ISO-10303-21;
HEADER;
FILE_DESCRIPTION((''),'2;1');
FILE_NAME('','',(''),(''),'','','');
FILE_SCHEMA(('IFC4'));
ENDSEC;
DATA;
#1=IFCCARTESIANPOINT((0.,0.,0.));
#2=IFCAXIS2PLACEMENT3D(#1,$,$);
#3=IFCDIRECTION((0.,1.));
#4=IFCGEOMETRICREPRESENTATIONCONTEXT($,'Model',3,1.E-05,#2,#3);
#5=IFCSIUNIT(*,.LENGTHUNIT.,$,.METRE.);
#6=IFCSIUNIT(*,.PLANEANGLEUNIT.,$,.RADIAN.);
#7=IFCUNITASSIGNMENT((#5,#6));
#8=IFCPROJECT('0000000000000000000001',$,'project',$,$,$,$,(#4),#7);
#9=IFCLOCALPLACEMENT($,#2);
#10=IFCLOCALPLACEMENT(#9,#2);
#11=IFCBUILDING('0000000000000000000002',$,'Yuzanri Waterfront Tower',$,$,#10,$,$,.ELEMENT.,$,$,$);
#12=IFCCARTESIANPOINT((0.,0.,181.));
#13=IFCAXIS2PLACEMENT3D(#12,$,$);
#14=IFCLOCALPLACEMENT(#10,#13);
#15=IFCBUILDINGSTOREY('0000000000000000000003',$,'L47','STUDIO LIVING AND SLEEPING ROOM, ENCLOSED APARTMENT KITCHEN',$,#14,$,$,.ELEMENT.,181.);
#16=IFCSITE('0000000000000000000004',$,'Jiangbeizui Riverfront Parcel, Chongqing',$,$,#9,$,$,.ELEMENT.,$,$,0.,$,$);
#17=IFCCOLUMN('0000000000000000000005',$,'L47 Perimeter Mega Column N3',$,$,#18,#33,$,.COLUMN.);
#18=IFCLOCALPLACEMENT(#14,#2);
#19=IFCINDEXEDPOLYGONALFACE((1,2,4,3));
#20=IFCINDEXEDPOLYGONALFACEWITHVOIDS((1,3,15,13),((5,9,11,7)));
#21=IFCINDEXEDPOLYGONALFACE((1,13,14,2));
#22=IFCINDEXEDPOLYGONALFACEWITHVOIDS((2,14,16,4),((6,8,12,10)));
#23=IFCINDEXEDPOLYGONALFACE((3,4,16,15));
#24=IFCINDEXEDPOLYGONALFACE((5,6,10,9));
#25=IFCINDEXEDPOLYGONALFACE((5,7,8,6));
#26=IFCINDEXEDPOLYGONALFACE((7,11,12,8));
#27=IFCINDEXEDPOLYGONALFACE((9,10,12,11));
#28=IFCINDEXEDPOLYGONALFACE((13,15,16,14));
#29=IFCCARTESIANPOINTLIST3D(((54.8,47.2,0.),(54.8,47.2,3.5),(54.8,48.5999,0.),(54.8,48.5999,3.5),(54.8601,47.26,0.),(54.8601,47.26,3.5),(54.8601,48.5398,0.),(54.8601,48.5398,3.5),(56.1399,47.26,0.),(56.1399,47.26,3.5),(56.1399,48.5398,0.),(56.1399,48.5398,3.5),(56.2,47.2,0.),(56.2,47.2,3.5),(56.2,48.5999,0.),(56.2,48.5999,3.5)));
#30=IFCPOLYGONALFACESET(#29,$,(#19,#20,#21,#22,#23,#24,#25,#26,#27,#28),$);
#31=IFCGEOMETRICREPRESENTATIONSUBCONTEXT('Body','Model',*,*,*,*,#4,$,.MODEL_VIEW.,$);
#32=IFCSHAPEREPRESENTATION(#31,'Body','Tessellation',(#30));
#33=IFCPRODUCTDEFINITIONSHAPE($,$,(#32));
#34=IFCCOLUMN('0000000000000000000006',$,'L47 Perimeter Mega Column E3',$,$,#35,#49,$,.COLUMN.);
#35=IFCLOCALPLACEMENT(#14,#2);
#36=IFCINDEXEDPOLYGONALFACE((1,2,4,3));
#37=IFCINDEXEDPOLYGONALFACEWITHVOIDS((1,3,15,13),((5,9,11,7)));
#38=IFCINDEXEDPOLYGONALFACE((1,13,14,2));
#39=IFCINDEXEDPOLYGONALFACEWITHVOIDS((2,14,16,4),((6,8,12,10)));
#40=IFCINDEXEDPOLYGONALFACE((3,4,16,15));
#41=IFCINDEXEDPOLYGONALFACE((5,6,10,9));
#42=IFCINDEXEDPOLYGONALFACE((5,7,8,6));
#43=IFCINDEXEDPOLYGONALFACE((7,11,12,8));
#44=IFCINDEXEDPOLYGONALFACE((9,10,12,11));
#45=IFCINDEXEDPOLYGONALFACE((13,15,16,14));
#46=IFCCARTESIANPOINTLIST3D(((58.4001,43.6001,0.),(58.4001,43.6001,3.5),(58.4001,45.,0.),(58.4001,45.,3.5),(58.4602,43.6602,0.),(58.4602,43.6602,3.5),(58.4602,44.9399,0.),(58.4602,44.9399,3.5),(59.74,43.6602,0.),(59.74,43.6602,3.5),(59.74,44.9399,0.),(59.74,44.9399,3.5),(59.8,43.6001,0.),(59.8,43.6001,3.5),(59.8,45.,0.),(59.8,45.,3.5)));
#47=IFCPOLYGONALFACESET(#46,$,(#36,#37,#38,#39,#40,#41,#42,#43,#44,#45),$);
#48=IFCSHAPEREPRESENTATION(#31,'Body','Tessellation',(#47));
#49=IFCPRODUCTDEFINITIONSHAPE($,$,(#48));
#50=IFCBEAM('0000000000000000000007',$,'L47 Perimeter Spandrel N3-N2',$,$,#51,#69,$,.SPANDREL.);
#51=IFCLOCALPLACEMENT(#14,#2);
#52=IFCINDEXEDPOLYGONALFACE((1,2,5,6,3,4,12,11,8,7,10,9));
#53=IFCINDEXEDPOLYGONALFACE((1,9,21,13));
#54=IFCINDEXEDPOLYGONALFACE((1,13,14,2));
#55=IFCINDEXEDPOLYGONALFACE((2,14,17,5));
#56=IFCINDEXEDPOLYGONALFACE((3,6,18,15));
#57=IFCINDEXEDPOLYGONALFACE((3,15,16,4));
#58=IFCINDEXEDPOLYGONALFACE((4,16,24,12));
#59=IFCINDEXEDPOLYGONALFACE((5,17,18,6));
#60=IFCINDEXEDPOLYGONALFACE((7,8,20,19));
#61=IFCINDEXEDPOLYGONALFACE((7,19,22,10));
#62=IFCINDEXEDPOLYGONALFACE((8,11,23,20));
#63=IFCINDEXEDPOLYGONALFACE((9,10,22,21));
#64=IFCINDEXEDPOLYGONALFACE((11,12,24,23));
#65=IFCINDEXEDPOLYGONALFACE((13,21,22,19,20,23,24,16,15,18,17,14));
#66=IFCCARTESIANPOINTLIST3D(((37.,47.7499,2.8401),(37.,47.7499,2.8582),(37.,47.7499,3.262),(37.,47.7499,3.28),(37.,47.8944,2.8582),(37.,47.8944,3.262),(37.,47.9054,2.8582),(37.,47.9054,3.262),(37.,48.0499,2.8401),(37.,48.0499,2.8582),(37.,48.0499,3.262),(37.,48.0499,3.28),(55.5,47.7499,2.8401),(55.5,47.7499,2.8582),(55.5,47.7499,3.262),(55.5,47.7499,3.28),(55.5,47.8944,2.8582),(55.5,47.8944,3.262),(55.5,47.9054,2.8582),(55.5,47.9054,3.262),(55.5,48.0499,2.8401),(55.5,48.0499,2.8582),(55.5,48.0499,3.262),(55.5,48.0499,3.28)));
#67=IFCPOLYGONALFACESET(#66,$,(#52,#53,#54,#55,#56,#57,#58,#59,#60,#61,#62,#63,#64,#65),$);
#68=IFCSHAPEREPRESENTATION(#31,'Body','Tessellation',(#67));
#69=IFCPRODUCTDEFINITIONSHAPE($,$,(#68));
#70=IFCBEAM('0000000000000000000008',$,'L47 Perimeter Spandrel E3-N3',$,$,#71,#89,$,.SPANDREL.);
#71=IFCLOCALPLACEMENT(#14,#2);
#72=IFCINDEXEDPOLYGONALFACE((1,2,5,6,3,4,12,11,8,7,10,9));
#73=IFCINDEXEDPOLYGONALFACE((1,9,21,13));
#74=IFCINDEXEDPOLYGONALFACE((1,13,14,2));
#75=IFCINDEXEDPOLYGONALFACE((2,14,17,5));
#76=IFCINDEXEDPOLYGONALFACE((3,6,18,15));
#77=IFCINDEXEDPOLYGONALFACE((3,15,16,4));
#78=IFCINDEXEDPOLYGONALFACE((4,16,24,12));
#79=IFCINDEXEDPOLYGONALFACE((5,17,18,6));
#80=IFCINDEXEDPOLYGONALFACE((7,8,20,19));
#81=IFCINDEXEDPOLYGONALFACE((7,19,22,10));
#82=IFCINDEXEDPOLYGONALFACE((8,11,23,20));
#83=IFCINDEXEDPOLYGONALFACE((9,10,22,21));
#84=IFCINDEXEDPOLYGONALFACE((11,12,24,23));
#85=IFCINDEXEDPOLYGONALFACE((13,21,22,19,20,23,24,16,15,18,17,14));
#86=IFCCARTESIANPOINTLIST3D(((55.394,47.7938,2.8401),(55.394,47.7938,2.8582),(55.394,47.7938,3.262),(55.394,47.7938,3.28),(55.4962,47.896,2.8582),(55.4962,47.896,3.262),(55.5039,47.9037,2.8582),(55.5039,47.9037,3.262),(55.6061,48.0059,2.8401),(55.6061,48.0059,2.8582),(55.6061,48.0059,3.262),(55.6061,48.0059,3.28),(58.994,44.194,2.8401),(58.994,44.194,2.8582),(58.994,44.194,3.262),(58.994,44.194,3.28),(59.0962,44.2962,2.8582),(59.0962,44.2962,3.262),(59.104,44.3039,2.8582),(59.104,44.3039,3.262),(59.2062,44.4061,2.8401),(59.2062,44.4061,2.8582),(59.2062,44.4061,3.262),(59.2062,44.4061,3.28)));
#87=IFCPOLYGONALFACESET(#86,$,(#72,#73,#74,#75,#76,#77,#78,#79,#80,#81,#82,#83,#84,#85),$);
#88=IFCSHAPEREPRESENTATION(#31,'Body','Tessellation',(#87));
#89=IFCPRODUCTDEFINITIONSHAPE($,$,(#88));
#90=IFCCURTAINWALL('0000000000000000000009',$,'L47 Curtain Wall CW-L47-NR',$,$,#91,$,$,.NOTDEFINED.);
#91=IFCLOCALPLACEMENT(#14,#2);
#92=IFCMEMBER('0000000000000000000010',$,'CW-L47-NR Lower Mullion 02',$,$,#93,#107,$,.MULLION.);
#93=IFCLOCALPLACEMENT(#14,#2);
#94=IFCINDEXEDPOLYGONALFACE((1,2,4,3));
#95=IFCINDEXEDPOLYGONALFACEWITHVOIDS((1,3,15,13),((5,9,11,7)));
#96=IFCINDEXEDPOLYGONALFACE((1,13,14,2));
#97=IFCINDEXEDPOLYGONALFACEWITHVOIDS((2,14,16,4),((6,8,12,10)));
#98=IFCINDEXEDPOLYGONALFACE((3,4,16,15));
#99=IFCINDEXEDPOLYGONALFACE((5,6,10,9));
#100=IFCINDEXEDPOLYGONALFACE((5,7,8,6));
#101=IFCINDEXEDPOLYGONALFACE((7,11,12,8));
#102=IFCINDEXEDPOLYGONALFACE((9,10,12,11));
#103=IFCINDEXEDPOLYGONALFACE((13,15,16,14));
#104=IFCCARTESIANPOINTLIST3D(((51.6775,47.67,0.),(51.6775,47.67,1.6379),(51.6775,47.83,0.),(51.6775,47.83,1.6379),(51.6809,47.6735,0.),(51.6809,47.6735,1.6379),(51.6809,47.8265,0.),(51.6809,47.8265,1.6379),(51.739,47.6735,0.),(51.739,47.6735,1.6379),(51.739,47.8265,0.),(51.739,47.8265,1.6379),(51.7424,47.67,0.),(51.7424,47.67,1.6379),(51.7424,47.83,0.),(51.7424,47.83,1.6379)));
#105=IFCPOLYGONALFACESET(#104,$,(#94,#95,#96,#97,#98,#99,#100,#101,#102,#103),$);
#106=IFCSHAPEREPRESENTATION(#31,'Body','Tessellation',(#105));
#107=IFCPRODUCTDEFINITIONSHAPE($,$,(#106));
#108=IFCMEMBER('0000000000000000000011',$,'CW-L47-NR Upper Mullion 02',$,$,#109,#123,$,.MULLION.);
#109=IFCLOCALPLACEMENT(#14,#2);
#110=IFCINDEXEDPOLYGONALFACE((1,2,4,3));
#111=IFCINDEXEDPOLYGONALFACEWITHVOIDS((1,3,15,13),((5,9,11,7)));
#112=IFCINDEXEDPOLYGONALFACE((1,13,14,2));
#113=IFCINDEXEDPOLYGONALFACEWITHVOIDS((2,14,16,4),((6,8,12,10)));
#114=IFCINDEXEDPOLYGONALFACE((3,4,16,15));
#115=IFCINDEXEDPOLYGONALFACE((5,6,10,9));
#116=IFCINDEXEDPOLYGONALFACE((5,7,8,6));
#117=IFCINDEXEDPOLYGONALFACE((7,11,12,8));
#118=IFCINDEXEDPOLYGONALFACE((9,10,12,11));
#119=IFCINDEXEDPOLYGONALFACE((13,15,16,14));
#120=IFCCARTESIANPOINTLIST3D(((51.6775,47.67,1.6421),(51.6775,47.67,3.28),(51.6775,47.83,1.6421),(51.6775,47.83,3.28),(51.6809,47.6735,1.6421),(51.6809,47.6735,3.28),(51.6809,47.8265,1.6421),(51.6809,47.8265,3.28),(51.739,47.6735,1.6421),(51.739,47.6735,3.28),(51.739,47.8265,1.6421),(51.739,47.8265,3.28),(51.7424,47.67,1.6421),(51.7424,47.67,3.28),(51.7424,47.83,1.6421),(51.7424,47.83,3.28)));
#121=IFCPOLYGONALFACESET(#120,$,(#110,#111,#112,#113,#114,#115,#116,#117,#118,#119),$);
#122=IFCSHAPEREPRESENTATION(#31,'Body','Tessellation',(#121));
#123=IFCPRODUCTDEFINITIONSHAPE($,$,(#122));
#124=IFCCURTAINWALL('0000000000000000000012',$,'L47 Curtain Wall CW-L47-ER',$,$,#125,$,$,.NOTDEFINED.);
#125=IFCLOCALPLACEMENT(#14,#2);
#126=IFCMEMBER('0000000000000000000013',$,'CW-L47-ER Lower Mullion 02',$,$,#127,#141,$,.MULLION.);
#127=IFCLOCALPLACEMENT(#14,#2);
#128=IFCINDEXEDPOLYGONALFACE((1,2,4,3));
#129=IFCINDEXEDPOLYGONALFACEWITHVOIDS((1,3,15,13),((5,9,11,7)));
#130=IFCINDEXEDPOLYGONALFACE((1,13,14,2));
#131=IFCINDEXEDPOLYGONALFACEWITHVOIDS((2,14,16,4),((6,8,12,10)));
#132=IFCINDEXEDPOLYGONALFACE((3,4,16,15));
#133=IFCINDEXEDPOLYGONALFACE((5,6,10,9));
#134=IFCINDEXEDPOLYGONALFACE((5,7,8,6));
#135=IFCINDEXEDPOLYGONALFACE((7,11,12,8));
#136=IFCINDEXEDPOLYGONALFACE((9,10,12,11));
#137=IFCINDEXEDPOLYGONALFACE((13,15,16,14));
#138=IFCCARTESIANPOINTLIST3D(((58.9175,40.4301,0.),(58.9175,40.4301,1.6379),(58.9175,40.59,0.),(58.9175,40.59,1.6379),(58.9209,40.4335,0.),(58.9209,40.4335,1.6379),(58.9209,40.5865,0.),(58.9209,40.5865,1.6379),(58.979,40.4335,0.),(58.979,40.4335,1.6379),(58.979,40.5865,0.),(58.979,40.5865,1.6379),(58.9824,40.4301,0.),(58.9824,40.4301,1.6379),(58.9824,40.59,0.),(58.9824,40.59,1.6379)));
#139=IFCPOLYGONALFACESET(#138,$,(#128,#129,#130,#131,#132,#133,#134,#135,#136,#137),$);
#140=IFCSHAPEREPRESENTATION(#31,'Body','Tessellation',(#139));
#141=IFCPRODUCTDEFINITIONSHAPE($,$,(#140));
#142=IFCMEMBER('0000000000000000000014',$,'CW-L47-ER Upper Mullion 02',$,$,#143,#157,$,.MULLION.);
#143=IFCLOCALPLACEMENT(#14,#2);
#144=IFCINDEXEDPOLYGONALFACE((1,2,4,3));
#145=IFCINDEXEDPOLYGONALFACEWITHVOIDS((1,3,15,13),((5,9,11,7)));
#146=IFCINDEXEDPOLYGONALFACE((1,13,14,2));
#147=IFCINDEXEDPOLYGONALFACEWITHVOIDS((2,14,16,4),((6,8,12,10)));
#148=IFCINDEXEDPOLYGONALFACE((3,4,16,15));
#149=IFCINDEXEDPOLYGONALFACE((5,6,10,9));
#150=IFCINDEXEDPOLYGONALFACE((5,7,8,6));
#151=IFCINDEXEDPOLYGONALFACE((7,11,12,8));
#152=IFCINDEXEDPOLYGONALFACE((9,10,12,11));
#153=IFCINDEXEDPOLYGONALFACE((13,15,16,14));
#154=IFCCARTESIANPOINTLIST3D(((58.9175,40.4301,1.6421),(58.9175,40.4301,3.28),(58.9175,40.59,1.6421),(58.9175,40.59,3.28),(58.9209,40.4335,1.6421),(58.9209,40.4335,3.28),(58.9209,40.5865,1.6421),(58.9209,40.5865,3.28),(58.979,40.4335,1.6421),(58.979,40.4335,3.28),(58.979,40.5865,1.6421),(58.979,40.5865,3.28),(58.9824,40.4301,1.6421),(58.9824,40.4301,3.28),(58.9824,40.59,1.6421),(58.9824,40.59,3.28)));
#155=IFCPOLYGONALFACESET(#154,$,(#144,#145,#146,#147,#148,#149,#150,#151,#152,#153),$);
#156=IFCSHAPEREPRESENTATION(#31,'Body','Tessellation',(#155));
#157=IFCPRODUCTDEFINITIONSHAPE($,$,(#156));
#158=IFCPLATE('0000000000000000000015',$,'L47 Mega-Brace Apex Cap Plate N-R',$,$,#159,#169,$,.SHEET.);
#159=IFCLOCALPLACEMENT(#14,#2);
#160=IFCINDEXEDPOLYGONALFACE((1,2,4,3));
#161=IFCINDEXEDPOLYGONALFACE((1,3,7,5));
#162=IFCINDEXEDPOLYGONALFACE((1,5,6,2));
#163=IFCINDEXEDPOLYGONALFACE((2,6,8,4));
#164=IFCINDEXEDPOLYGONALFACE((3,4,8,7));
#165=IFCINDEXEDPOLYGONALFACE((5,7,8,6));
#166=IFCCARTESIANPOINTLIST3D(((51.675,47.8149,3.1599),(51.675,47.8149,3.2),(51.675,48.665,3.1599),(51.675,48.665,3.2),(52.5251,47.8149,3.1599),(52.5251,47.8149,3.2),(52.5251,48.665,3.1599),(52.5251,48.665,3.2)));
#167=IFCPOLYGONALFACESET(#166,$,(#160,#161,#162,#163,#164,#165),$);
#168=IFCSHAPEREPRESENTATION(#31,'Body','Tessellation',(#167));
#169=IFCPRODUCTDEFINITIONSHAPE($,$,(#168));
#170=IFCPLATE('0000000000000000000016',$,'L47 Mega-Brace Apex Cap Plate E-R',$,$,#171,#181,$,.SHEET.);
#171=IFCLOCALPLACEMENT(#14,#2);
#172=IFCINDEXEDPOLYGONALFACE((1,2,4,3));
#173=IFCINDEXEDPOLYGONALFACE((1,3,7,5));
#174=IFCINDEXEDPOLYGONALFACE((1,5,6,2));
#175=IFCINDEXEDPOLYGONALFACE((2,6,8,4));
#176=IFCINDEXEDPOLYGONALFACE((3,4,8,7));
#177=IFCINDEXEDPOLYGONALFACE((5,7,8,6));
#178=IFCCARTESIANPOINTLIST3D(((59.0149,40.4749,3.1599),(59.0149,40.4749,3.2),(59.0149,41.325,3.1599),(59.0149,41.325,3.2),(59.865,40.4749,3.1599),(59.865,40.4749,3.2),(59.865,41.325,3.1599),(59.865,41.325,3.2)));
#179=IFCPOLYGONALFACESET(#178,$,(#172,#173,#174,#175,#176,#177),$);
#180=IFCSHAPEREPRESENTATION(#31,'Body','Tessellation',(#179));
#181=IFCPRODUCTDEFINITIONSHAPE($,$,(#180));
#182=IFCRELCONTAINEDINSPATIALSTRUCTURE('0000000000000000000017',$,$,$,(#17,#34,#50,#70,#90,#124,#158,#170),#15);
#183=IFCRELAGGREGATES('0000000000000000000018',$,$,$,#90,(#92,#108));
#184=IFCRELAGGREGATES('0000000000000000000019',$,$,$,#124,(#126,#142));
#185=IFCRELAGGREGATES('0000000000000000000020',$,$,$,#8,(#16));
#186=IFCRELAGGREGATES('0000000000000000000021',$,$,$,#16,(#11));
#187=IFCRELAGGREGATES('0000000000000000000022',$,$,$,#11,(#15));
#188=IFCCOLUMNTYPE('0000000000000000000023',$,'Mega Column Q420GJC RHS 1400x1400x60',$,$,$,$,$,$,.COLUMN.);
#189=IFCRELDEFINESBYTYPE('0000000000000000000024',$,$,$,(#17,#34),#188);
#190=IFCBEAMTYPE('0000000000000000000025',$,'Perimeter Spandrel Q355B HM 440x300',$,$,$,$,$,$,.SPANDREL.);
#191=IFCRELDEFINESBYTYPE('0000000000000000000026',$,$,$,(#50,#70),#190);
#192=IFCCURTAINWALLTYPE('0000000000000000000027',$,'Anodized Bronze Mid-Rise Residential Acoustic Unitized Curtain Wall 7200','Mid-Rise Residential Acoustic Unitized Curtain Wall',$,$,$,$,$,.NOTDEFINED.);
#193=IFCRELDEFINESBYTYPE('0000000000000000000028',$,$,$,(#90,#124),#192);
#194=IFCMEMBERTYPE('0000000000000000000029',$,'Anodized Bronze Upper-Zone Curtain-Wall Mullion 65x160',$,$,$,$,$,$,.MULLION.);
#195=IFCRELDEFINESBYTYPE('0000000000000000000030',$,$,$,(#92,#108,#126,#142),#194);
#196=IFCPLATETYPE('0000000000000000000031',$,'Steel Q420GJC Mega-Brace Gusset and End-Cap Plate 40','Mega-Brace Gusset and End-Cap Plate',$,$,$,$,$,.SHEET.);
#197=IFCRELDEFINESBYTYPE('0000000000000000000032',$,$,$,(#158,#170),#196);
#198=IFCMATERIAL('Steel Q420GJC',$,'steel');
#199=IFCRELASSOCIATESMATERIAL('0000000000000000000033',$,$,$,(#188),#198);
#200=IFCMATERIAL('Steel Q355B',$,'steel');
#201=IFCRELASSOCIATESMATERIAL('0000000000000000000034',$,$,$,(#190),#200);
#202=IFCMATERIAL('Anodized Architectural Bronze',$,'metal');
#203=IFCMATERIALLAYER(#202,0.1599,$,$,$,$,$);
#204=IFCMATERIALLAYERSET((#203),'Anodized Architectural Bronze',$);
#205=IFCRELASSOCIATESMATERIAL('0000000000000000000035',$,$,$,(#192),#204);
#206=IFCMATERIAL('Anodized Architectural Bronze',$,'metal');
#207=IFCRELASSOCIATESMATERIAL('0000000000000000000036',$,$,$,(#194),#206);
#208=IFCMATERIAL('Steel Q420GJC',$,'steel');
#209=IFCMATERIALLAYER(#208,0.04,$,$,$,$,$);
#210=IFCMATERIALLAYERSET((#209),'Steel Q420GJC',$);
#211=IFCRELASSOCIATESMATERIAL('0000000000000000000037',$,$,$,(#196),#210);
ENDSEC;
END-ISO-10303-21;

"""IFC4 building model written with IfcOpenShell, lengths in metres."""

from ifc_helpers import new_model, si_unit, direction, frame, origin, origin_2d, place, context, subcontext, project, spatial, rectangle, hollow_rectangle, i_section, extrude, source, transform, mapped, material, layer, layer_set, material_profile, profile_set, type_object, element, aggregate, save


model = new_model("IFC4")

# Units and contexts
model_context = context("Model", 3, precision=1e-05, world=origin(), true_north=direction((0.0, 1.0)))
body_context = subcontext(model_context, "Body", "Model", "MODEL_VIEW")
ifc_project = project(units=[si_unit("LENGTHUNIT", "METRE"), si_unit("PLANEANGLEUNIT", "RADIAN")], contexts=[model_context])

# Site, building, storey
site_placement = place(None, origin())
site = spatial("IfcSite", under=ifc_project, at=site_placement, Name="Jiangbeizui Riverfront Parcel, Chongqing", CompositionType="ELEMENT", RefElevation=0.0)
building_placement = place(site_placement, origin())
building = spatial("IfcBuilding", under=site, at=building_placement, Name="Yuzanri Waterfront Tower", CompositionType="ELEMENT")
storey_placement = place(building_placement, frame((0.0, 0.0, 181.0)))
storey = spatial("IfcBuildingStorey", under=building, at=storey_placement, Name="L47", Description="STUDIO LIVING AND SLEEPING ROOM, ENCLOSED APARTMENT KITCHEN", CompositionType="ELEMENT", Elevation=181.0)

# Columns
ifc_material_1 = material(Name="Steel Q420GJC", Category="steel")
ifc_material_profile_1 = material_profile(ifc_material_1, hollow_rectangle(XDim=1.3999, YDim=1.3999, WallThickness=0.0601, at=origin_2d()), Name="RHS 1400x1400x60")
ifc_profile_set_1 = profile_set([ifc_material_profile_1], Name="Steel Q420GJC")
column_type = type_object("IfcColumnType", Name="Mega Column Q420GJC RHS 1400x1400x60", PredefinedType="COLUMN", material=ifc_profile_set_1)
shared_shape_1 = source(origin(), body_context, "Body", "SweptSolid", [
    extrude(hollow_rectangle(XDim=1.3999, YDim=1.3999, WallThickness=0.0601, at=origin_2d()), origin(), (0.0, 0.0, 1.0), 3.5),
])
for number, where, z_axis, x_axis, name in (
    (1, (55.5, 47.8999, 0.0), (0.0, 0.0, 1.0), (1.0, 0.0, 0.0), "L47 Perimeter Mega Column N3"),
    (2, (59.1001, 44.3, 0.0), (0.0, 0.0, 1.0), (1.0, 0.0, 0.0), "L47 Perimeter Mega Column E3"),
):
    element("IfcColumn", number, at=place(storey_placement, frame(where, z_axis=z_axis, x_axis=x_axis)), inside=storey, type_object=column_type, Name=name, PredefinedType="COLUMN", context=body_context, shape_type="MappedRepresentation", body=[
        mapped(shared_shape_1, transform((0.0, 0.0, 0.0), scale=1.0)),
    ])

# Beams
ifc_material_2 = material(Name="Steel Q355B", Category="steel")
ifc_material_profile_2 = material_profile(ifc_material_2, i_section(OverallWidth=0.3, OverallDepth=0.4399, WebThickness=0.011, FlangeThickness=0.0181, at=origin_2d()), Name="HM 440x300x11x18")
ifc_profile_set_2 = profile_set([ifc_material_profile_2], Name="Steel Q355B")
beam_type = type_object("IfcBeamType", Name="Perimeter Spandrel Q355B HM 440x300", PredefinedType="SPANDREL", material=ifc_profile_set_2)
shared_shape_2 = source(origin(), body_context, "Body", "SweptSolid", [
    extrude(i_section(OverallWidth=0.3, OverallDepth=0.4399, WebThickness=0.011, FlangeThickness=0.0181, at=origin_2d()), origin(), (0.0, 0.0, 1.0), 18.5),
])
beam_1_placement = place(storey_placement, frame((55.5, 47.8999, 3.0601), z_axis=(-1.0, 0.0, 0.0), x_axis=(0.0, -1.0, 0.0)))
element("IfcBeam", 3, at=beam_1_placement, inside=storey, type_object=beam_type, Name="L47 Perimeter Spandrel N3-N2", PredefinedType="SPANDREL", context=body_context, shape_type="MappedRepresentation", body=[
    mapped(shared_shape_2, transform((0.0, 0.0, 0.0), scale=1.0)),
])
shared_shape_3 = source(origin(), body_context, "Body", "SweptSolid", [
    extrude(i_section(OverallWidth=0.3, OverallDepth=0.4399, WebThickness=0.011, FlangeThickness=0.0181, at=origin_2d()), origin(), (0.0, 0.0, 1.0), 5.0911),
])
beam_2_placement = place(storey_placement, frame((59.1001, 44.3, 3.0601), z_axis=(-0.707131, 0.707083, 0.0), x_axis=(-0.707083, -0.707131, 0.0)))
element("IfcBeam", 4, at=beam_2_placement, inside=storey, type_object=beam_type, Name="L47 Perimeter Spandrel E3-N3", PredefinedType="SPANDREL", context=body_context, shape_type="MappedRepresentation", body=[
    mapped(shared_shape_3, transform((0.0, 0.0, 0.0), scale=1.0)),
])

# Curtain walls, members
ifc_material_3 = material(Name="Anodized Architectural Bronze", Category="metal")
ifc_layer_1 = layer(ifc_material_3, 0.1599)
ifc_layer_set_1 = layer_set([ifc_layer_1], Name="Anodized Architectural Bronze")
curtain_wall_type = type_object("IfcCurtainWallType", Name="Anodized Bronze Mid-Rise Residential Acoustic Unitized Curtain Wall 7200", Description="Mid-Rise Residential Acoustic Unitized Curtain Wall", PredefinedType="NOTDEFINED", material=ifc_layer_set_1)
curtain_wall_1_placement = place(storey_placement, origin())
curtain_wall_1 = element("IfcCurtainWall", 5, at=curtain_wall_1_placement, inside=storey, type_object=curtain_wall_type, Name="L47 Curtain Wall CW-L47-NR", PredefinedType="NOTDEFINED")
ifc_material_4 = material(Name="Anodized Architectural Bronze", Category="metal")
ifc_material_profile_3 = material_profile(ifc_material_4, hollow_rectangle(XDim=0.0649, YDim=0.1599, WallThickness=0.0034, at=origin_2d()), Name="CWM 65x160")
ifc_profile_set_3 = profile_set([ifc_material_profile_3], Name="Anodized Architectural Bronze")
member_type = type_object("IfcMemberType", Name="Anodized Bronze Upper-Zone Curtain-Wall Mullion 65x160", PredefinedType="MULLION", material=ifc_profile_set_3)
shared_shape_4 = source(origin(), body_context, "Body", "SweptSolid", [
    extrude(hollow_rectangle(XDim=0.0649, YDim=0.1599, WallThickness=0.0034, at=origin_2d()), origin(), (0.0, 0.0, 1.0), 1.6379),
])
member_1_placement = place(storey_placement, frame((51.71, 47.75, 0.0), z_axis=(0.0, 0.0, 1.0), x_axis=(1.0, 0.0, 0.0)))
member_1 = element("IfcMember", 6, at=member_1_placement, type_object=member_type, Name="CW-L47-NR Lower Mullion 02", PredefinedType="MULLION", context=body_context, shape_type="MappedRepresentation", body=[
    mapped(shared_shape_4, transform((0.0, 0.0, 0.0), scale=1.0)),
])
member_2_placement = place(storey_placement, frame((51.71, 47.75, 1.6421), z_axis=(0.0, 0.0, 1.0), x_axis=(1.0, 0.0, 0.0)))
member_2 = element("IfcMember", 7, at=member_2_placement, type_object=member_type, Name="CW-L47-NR Upper Mullion 02", PredefinedType="MULLION", context=body_context, shape_type="MappedRepresentation", body=[
    mapped(shared_shape_4, transform((0.0, 0.0, 0.0), scale=1.0)),
])
curtain_wall_2_placement = place(storey_placement, origin())
curtain_wall_2 = element("IfcCurtainWall", 8, at=curtain_wall_2_placement, inside=storey, type_object=curtain_wall_type, Name="L47 Curtain Wall CW-L47-ER", PredefinedType="NOTDEFINED")
member_3_placement = place(storey_placement, frame((58.95, 40.51, 0.0), z_axis=(0.0, 0.0, 1.0), x_axis=(1.0, 0.0, 0.0)))
member_3 = element("IfcMember", 9, at=member_3_placement, type_object=member_type, Name="CW-L47-ER Lower Mullion 02", PredefinedType="MULLION", context=body_context, shape_type="MappedRepresentation", body=[
    mapped(shared_shape_4, transform((0.0, 0.0, 0.0), scale=1.0)),
])
member_4_placement = place(storey_placement, frame((58.95, 40.51, 1.6421), z_axis=(0.0, 0.0, 1.0), x_axis=(1.0, 0.0, 0.0)))
member_4 = element("IfcMember", 10, at=member_4_placement, type_object=member_type, Name="CW-L47-ER Upper Mullion 02", PredefinedType="MULLION", context=body_context, shape_type="MappedRepresentation", body=[
    mapped(shared_shape_4, transform((0.0, 0.0, 0.0), scale=1.0)),
])

# Plates
ifc_material_5 = material(Name="Steel Q420GJC", Category="steel")
ifc_layer_2 = layer(ifc_material_5, 0.04)
ifc_layer_set_2 = layer_set([ifc_layer_2], Name="Steel Q420GJC")
plate_type_1 = type_object("IfcPlateType", Name="Steel Q420GJC Mega-Brace Gusset and End-Cap Plate 40", Description="Mega-Brace Gusset and End-Cap Plate", PredefinedType="SHEET", material=ifc_layer_set_2)
shared_shape_5 = source(origin(), body_context, "Body", "SweptSolid", [
    extrude(rectangle(XDim=0.8501, YDim=0.8501, at=origin_2d()), origin(), (0.0, 0.0, 1.0), 0.04),
])
for number, where, z_axis, x_axis, name in (
    (11, (52.1001, 48.24, 3.1599), (0.0, 0.0, 1.0), (1.0, 0.0, 0.0), "L47 Mega-Brace Apex Cap Plate N-R"),
    (12, (59.4399, 40.8999, 3.1599), (0.0, 0.0, 1.0), (1.0, 0.0, 0.0), "L47 Mega-Brace Apex Cap Plate E-R"),
):
    element("IfcPlate", number, at=place(storey_placement, frame(where, z_axis=z_axis, x_axis=x_axis)), inside=storey, type_object=plate_type_1, Name=name, PredefinedType="SHEET", context=body_context, shape_type="MappedRepresentation", body=[
        mapped(shared_shape_5, transform((0.0, 0.0, 0.0), scale=1.0)),
    ])

aggregate(curtain_wall_1, [member_1, member_2])
aggregate(curtain_wall_2, [member_3, member_4])

save(model, "model.ifc")
